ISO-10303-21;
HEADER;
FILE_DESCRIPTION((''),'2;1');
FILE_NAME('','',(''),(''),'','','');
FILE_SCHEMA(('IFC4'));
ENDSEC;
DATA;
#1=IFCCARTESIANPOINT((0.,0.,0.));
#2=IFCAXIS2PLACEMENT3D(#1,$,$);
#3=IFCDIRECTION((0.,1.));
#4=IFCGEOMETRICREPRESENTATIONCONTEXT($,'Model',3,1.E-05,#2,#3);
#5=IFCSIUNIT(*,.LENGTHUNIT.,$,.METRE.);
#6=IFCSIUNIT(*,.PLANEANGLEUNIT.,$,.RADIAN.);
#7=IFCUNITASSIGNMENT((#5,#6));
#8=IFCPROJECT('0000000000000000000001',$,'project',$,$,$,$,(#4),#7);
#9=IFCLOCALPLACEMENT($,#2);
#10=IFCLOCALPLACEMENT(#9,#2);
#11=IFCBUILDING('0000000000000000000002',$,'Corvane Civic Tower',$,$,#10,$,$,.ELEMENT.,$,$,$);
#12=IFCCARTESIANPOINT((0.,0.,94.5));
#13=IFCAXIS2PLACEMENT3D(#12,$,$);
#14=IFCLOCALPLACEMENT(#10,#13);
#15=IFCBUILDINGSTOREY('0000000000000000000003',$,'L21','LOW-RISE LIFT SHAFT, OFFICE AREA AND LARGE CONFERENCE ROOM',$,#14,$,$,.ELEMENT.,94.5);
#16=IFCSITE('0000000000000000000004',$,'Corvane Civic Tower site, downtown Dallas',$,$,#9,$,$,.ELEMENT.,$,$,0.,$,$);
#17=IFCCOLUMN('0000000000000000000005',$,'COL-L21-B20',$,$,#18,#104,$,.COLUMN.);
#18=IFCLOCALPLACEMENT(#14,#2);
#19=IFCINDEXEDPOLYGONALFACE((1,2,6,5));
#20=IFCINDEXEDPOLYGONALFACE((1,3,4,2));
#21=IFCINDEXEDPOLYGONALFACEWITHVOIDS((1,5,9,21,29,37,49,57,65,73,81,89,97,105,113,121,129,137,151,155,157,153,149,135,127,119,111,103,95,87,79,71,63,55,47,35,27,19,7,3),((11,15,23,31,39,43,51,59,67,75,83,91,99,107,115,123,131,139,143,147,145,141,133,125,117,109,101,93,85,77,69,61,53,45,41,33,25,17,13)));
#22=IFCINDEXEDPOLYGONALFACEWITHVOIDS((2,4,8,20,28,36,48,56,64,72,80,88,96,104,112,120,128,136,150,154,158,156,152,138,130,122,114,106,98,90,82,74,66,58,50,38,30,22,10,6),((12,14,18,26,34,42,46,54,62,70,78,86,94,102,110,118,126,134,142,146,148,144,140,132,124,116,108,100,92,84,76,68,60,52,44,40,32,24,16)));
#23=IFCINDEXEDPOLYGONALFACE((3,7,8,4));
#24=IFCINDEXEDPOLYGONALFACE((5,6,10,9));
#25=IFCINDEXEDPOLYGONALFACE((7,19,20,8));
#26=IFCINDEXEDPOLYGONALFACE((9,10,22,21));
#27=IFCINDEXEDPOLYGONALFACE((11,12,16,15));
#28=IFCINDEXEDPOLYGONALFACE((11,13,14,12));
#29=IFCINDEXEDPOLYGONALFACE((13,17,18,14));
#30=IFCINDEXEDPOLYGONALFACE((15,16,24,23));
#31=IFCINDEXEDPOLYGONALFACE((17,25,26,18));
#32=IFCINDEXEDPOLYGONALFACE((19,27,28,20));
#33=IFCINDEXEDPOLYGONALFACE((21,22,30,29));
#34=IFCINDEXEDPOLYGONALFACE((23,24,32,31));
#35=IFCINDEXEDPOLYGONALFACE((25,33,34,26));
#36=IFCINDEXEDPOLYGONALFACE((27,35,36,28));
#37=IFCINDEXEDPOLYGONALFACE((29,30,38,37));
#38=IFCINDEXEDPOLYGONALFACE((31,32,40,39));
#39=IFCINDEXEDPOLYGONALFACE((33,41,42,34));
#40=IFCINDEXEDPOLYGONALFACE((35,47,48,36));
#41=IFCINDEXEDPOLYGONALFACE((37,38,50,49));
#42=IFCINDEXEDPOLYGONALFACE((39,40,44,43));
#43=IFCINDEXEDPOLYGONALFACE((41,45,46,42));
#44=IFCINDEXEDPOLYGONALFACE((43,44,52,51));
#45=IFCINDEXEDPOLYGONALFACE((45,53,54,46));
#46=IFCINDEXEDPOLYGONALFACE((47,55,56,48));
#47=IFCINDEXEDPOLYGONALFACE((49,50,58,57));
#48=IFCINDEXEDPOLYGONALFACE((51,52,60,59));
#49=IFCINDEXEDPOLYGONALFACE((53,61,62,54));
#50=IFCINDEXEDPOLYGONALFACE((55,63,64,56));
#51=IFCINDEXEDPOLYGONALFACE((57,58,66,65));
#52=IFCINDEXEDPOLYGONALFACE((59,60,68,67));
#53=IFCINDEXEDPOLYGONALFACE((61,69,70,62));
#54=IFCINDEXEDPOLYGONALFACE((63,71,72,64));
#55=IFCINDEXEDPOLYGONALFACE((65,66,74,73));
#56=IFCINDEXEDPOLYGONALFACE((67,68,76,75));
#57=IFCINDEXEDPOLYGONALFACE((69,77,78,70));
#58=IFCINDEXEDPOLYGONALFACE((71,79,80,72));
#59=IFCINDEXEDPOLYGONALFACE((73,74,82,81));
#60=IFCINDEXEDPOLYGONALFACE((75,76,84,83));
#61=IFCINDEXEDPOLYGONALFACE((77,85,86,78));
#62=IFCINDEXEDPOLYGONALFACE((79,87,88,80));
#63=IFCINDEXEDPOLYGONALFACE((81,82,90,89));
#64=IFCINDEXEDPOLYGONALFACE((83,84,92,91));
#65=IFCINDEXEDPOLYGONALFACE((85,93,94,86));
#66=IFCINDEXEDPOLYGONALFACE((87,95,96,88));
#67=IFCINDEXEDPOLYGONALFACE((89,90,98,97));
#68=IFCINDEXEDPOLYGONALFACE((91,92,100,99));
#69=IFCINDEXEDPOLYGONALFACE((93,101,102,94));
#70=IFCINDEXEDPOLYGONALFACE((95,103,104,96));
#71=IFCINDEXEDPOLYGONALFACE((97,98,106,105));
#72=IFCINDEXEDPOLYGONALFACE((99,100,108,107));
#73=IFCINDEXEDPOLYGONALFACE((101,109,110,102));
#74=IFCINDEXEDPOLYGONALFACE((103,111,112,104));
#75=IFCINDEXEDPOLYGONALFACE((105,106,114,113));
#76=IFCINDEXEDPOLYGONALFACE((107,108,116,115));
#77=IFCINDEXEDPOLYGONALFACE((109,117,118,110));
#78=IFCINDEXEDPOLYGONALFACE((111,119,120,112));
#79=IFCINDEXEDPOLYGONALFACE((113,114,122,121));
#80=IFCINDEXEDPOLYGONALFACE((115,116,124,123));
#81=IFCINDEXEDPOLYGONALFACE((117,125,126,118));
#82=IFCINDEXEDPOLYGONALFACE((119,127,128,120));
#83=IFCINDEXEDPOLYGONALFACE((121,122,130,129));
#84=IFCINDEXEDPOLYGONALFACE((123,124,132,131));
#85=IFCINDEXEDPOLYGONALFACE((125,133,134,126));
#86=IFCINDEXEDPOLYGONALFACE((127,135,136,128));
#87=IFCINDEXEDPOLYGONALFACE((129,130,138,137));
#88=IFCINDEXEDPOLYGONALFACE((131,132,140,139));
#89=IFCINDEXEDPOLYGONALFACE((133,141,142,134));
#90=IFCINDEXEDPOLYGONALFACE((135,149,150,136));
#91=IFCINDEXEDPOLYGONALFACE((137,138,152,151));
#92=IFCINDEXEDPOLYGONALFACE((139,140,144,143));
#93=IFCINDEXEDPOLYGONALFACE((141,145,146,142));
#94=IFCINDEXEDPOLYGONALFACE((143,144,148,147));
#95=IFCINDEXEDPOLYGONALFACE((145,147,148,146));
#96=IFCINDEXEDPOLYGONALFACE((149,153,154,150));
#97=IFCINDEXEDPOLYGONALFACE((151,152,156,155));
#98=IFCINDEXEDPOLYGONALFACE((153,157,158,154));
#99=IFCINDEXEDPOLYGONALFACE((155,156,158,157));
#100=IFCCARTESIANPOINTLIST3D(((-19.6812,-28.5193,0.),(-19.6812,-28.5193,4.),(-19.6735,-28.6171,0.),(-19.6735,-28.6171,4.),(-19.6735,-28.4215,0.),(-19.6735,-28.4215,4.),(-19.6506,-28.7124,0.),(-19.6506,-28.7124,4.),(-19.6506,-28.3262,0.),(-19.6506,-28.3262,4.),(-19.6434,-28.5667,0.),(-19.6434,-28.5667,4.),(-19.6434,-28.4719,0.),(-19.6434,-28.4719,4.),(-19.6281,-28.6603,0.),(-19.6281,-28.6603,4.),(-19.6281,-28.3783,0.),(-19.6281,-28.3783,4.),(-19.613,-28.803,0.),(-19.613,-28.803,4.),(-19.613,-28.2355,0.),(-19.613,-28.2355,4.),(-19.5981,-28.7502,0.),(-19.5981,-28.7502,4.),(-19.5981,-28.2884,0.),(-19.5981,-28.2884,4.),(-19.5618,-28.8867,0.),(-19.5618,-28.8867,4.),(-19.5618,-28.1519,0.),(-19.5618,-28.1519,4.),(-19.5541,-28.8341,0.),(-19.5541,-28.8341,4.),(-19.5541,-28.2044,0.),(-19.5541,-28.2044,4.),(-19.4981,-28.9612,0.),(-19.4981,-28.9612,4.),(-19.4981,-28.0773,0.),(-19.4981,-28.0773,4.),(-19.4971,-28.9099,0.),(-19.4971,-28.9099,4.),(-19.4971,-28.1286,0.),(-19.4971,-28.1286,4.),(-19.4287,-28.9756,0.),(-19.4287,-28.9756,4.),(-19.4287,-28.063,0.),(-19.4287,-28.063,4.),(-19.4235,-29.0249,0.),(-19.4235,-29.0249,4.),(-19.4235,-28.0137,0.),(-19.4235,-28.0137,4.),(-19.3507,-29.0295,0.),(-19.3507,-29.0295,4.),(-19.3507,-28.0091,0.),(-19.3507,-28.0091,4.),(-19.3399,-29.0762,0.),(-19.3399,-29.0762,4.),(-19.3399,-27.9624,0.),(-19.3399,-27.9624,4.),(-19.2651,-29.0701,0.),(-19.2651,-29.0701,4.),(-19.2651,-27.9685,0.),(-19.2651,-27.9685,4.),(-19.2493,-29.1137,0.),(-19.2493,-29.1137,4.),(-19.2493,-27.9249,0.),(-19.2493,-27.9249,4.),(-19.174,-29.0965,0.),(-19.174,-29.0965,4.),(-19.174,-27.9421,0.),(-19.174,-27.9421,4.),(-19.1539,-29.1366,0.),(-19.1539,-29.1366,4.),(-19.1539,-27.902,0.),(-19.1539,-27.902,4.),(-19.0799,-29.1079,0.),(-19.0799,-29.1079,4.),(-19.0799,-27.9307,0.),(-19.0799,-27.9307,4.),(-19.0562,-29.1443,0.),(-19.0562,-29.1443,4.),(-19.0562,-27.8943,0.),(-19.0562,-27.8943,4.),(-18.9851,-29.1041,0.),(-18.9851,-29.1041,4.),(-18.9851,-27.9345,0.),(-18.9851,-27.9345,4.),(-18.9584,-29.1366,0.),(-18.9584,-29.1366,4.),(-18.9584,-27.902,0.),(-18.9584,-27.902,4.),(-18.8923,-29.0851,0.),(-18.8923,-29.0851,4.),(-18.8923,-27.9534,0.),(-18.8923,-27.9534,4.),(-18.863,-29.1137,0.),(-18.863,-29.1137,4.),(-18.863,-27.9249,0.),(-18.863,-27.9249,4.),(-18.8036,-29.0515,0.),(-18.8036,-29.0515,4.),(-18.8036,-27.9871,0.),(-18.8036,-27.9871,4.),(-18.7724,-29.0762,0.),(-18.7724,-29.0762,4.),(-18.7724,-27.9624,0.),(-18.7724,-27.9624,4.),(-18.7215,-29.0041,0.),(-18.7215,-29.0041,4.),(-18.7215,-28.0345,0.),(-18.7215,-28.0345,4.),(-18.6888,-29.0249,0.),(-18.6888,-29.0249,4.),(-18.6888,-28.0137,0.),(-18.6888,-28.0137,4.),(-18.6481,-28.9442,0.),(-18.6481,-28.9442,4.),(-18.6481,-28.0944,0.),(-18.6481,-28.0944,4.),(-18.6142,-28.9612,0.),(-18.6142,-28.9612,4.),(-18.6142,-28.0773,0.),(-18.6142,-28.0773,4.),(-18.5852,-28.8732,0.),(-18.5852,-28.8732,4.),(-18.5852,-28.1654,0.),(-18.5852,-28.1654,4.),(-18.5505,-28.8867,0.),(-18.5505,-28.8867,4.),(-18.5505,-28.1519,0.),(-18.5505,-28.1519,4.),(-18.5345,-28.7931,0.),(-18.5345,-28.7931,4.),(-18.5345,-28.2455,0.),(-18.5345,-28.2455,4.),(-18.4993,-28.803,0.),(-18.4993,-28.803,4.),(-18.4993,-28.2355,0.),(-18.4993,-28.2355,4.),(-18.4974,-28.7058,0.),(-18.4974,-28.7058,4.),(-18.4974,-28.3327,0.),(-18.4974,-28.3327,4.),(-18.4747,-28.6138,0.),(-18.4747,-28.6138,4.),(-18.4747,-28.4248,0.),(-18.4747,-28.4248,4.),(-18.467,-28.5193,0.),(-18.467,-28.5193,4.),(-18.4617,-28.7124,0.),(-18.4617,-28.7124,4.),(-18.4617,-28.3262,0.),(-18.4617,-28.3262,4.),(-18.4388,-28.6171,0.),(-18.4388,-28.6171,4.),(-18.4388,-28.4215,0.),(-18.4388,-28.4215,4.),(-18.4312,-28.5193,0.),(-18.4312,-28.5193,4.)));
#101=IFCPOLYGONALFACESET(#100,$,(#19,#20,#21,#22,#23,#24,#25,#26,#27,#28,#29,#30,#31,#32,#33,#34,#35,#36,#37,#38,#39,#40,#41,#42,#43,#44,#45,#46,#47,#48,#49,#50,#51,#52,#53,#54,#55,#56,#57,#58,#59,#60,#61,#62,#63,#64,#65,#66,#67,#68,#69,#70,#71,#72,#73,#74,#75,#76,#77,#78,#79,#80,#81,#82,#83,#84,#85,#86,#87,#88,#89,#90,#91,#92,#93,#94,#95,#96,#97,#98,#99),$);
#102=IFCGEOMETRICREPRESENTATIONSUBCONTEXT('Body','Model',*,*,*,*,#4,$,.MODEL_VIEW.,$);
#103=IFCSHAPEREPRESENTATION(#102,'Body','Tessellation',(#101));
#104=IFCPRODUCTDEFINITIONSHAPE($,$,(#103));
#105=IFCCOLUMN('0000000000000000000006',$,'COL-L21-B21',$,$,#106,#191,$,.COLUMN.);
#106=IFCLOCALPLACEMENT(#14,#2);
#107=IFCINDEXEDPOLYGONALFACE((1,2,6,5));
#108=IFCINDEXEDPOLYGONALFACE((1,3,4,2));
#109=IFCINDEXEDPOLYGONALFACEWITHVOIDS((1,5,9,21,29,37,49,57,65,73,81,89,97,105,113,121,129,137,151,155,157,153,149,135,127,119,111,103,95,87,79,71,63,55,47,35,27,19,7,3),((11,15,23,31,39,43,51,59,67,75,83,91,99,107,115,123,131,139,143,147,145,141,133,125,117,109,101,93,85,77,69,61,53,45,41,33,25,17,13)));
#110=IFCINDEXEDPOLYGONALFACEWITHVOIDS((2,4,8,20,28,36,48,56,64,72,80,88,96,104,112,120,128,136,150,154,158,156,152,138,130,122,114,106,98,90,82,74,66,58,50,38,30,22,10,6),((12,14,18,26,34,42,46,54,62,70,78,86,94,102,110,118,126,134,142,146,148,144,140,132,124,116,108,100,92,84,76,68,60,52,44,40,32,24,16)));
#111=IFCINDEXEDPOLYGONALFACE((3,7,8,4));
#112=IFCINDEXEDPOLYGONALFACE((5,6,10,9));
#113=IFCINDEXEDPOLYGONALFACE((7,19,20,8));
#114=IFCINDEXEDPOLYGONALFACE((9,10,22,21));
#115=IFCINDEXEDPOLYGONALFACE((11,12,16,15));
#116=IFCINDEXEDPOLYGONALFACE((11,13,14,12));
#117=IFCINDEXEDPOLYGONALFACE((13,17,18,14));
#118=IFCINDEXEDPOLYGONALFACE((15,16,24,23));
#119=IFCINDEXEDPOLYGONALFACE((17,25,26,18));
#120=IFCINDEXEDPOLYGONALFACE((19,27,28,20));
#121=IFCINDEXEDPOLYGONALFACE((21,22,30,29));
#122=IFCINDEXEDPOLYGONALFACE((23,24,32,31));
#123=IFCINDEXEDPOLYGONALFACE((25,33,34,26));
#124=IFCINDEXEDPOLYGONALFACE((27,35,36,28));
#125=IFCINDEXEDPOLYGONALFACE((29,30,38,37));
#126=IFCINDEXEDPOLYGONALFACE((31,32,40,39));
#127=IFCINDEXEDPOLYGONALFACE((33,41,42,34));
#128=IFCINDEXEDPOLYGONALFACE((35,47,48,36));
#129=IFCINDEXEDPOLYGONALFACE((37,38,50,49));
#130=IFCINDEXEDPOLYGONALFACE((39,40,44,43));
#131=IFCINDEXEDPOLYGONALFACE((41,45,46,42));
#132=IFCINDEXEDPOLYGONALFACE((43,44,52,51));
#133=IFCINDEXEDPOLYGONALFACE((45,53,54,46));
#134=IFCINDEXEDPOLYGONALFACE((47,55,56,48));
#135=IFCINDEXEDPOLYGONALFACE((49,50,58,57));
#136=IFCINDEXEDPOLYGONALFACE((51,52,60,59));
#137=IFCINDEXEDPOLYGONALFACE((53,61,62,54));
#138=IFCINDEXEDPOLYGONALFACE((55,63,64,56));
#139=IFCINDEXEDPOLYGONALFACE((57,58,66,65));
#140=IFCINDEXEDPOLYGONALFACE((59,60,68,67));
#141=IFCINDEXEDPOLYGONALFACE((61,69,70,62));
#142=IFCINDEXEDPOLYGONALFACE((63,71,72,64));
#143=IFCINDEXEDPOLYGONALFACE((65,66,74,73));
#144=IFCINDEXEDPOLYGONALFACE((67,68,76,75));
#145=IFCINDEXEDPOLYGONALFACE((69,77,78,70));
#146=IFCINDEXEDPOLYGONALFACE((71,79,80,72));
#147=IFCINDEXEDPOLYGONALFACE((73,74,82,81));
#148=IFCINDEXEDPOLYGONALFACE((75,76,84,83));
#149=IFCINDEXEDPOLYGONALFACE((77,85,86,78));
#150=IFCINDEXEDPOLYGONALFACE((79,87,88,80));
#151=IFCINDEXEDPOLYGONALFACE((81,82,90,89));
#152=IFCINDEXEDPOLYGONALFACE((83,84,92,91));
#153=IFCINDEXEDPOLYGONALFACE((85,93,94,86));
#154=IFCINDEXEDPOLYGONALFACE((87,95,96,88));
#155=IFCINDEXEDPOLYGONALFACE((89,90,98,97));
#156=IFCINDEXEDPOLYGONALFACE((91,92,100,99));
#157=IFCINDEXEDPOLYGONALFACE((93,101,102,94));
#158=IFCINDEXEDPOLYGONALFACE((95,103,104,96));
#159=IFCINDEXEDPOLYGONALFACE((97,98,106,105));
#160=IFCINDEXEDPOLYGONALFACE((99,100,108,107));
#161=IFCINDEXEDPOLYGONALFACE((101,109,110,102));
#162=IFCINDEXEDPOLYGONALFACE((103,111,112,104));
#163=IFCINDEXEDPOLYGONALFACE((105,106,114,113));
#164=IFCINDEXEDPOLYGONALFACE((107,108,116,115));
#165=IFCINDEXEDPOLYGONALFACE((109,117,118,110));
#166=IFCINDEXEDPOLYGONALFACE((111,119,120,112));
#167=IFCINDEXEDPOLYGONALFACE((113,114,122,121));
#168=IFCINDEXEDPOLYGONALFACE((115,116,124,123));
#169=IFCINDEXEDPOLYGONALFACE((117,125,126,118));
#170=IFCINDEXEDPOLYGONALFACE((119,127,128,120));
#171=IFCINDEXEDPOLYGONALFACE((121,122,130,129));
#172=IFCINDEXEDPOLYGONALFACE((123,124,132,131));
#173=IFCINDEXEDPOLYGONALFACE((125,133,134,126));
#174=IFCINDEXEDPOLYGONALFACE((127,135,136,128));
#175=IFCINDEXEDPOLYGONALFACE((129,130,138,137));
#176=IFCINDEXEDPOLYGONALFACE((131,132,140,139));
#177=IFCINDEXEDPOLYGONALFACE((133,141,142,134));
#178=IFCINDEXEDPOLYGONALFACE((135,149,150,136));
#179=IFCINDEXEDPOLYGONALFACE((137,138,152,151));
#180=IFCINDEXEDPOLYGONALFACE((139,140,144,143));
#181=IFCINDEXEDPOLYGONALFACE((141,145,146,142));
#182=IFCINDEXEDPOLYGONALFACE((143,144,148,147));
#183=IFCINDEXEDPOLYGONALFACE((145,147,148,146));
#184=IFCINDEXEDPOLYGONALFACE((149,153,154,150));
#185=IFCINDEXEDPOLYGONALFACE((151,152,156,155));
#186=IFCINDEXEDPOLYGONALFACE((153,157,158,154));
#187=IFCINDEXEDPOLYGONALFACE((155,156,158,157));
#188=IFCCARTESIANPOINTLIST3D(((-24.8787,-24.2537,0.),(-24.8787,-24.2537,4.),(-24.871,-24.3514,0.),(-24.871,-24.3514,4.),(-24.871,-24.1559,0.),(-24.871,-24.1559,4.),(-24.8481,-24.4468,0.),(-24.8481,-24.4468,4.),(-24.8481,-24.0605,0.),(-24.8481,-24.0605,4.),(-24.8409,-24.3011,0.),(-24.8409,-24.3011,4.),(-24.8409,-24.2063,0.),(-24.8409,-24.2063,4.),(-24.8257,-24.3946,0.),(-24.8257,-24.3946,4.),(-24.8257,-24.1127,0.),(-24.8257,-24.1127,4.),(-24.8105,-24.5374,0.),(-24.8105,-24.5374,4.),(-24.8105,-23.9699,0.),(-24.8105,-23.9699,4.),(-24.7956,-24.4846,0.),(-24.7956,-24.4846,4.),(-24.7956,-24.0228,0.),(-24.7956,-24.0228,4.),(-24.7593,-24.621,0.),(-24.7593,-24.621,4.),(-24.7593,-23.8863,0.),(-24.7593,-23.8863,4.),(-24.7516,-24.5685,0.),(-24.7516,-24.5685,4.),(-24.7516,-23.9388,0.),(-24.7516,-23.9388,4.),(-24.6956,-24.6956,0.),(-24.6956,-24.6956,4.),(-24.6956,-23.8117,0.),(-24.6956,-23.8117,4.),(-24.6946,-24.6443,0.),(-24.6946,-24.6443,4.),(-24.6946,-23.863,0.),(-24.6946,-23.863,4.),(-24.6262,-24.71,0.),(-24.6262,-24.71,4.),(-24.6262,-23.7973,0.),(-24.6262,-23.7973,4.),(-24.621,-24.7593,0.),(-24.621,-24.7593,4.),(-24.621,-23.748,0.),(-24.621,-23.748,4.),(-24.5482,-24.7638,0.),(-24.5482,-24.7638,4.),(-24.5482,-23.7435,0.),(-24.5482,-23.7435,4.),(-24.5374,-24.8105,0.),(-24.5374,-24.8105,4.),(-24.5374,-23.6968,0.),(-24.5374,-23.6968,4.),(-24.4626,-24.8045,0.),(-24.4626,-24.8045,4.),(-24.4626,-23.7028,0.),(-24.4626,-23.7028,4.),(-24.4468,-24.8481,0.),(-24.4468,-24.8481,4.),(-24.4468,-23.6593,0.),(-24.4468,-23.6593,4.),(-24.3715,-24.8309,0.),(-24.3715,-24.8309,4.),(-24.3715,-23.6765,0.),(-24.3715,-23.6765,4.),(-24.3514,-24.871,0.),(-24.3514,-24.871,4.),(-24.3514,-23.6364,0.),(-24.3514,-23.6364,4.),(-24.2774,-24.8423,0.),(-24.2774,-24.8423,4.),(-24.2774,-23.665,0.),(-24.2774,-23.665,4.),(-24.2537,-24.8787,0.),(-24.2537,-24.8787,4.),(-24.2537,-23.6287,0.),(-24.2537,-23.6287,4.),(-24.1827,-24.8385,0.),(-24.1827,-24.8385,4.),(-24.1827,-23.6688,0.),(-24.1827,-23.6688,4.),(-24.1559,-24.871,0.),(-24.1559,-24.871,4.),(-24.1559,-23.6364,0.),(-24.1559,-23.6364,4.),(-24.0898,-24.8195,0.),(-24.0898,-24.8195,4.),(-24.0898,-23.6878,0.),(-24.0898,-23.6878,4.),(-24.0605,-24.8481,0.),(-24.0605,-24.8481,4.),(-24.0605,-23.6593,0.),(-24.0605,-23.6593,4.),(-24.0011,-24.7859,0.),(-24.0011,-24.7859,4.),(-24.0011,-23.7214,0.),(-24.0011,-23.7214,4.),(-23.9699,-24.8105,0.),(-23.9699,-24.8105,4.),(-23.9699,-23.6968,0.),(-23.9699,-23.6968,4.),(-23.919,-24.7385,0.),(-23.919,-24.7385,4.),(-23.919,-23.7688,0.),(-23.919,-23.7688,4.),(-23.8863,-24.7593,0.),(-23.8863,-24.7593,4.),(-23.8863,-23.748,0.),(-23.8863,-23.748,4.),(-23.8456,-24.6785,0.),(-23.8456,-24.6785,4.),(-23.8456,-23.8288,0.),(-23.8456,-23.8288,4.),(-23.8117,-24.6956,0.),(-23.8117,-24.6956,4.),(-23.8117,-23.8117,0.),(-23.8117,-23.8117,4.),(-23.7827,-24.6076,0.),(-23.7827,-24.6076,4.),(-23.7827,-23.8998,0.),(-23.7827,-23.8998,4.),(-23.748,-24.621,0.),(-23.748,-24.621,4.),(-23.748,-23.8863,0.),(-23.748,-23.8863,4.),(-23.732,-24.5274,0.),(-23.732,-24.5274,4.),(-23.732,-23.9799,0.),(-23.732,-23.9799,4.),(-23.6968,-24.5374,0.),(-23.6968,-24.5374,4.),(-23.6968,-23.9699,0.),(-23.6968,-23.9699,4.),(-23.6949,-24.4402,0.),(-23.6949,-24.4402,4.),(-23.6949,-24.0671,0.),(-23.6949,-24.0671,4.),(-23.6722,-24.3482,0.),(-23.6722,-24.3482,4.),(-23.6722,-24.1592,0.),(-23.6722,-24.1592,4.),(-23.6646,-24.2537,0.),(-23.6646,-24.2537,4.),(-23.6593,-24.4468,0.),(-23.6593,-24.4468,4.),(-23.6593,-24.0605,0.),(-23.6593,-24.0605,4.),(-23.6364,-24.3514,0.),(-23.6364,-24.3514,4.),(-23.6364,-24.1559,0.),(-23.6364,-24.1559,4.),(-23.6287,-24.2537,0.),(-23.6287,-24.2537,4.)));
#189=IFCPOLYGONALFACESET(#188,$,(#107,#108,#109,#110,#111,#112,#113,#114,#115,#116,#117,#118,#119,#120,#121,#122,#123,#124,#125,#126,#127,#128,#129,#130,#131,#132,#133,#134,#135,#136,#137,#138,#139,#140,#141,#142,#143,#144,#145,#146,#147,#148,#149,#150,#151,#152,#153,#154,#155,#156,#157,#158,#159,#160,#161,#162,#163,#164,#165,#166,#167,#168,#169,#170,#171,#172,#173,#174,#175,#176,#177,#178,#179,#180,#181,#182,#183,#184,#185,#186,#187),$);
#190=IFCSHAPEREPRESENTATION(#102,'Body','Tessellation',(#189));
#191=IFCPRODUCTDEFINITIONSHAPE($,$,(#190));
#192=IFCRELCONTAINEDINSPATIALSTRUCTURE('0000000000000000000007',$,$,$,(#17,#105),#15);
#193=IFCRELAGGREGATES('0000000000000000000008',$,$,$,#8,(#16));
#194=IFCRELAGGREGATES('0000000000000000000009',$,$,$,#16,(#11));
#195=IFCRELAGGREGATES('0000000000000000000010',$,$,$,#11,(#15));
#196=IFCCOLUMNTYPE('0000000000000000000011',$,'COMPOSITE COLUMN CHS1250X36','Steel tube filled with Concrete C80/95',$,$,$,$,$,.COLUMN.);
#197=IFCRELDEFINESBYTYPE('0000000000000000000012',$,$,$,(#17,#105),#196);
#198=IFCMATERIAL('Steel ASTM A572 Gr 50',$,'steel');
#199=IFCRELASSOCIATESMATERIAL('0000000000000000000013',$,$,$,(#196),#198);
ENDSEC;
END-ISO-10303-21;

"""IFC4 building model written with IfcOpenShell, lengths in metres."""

from ifc_helpers import new_model, si_unit, direction, frame, origin, origin_2d, place, context, subcontext, project, spatial, hollow_circle, extrude, material, material_profile, profile_set, type_object, element, save


model = new_model("IFC4")

# Units and contexts
model_context = context("Model", 3, precision=1e-05, world=origin(), true_north=direction((0.0, 1.0)))
body_context = subcontext(model_context, "Body", "Model", "MODEL_VIEW")
ifc_project = project(units=[si_unit("LENGTHUNIT", "METRE"), si_unit("PLANEANGLEUNIT", "RADIAN")], contexts=[model_context])

# Site, building, storey
site_placement = place(None, origin())
site = spatial("IfcSite", under=ifc_project, at=site_placement, Name="Corvane Civic Tower site, downtown Dallas", CompositionType="ELEMENT", RefElevation=0.0)
building_placement = place(site_placement, origin())
building = spatial("IfcBuilding", under=site, at=building_placement, Name="Corvane Civic Tower", CompositionType="ELEMENT")
storey_placement = place(building_placement, frame((0.0, 0.0, 94.5)))
storey = spatial("IfcBuildingStorey", under=building, at=storey_placement, Name="L21", Description="LOW-RISE LIFT SHAFT, OFFICE AREA AND LARGE CONFERENCE ROOM", CompositionType="ELEMENT", Elevation=94.5)

# Columns
ifc_material_1 = material(Name="Steel ASTM A572 Gr 50", Category="steel")
ifc_material_profile_1 = material_profile(ifc_material_1, hollow_circle(Radius=0.625, WallThickness=0.0359, at=origin_2d()), Name="CHS1250X36")
ifc_profile_set_1 = profile_set([ifc_material_profile_1], Name="Steel ASTM A572 Gr 50")
column_type = type_object("IfcColumnType", Name="COMPOSITE COLUMN CHS1250X36", Description="Steel tube filled with Concrete C80/95", PredefinedType="COLUMN", material=ifc_profile_set_1)
for number, where, z_axis, x_axis, name in (
    (1, (-19.0562, -28.5193, 0.0), (0.0, 0.0, 1.0), (1.0, 0.0, 0.0), "COL-L21-B20"),
    (2, (-24.2537, -24.2537, 0.0), (0.0, 0.0, 1.0), (1.0, 0.0, 0.0), "COL-L21-B21"),
):
    element("IfcColumn", number, at=place(storey_placement, frame(where, z_axis=z_axis, x_axis=x_axis)), inside=storey, type_object=column_type, Name=name, PredefinedType="COLUMN", context=body_context, shape_type="SweptSolid", body=[
        extrude(hollow_circle(Radius=0.625, WallThickness=0.0359, at=origin_2d()), origin(), (0.0, 0.0, 1.0), 4.0),
    ])

save(model, "model.ifc")
